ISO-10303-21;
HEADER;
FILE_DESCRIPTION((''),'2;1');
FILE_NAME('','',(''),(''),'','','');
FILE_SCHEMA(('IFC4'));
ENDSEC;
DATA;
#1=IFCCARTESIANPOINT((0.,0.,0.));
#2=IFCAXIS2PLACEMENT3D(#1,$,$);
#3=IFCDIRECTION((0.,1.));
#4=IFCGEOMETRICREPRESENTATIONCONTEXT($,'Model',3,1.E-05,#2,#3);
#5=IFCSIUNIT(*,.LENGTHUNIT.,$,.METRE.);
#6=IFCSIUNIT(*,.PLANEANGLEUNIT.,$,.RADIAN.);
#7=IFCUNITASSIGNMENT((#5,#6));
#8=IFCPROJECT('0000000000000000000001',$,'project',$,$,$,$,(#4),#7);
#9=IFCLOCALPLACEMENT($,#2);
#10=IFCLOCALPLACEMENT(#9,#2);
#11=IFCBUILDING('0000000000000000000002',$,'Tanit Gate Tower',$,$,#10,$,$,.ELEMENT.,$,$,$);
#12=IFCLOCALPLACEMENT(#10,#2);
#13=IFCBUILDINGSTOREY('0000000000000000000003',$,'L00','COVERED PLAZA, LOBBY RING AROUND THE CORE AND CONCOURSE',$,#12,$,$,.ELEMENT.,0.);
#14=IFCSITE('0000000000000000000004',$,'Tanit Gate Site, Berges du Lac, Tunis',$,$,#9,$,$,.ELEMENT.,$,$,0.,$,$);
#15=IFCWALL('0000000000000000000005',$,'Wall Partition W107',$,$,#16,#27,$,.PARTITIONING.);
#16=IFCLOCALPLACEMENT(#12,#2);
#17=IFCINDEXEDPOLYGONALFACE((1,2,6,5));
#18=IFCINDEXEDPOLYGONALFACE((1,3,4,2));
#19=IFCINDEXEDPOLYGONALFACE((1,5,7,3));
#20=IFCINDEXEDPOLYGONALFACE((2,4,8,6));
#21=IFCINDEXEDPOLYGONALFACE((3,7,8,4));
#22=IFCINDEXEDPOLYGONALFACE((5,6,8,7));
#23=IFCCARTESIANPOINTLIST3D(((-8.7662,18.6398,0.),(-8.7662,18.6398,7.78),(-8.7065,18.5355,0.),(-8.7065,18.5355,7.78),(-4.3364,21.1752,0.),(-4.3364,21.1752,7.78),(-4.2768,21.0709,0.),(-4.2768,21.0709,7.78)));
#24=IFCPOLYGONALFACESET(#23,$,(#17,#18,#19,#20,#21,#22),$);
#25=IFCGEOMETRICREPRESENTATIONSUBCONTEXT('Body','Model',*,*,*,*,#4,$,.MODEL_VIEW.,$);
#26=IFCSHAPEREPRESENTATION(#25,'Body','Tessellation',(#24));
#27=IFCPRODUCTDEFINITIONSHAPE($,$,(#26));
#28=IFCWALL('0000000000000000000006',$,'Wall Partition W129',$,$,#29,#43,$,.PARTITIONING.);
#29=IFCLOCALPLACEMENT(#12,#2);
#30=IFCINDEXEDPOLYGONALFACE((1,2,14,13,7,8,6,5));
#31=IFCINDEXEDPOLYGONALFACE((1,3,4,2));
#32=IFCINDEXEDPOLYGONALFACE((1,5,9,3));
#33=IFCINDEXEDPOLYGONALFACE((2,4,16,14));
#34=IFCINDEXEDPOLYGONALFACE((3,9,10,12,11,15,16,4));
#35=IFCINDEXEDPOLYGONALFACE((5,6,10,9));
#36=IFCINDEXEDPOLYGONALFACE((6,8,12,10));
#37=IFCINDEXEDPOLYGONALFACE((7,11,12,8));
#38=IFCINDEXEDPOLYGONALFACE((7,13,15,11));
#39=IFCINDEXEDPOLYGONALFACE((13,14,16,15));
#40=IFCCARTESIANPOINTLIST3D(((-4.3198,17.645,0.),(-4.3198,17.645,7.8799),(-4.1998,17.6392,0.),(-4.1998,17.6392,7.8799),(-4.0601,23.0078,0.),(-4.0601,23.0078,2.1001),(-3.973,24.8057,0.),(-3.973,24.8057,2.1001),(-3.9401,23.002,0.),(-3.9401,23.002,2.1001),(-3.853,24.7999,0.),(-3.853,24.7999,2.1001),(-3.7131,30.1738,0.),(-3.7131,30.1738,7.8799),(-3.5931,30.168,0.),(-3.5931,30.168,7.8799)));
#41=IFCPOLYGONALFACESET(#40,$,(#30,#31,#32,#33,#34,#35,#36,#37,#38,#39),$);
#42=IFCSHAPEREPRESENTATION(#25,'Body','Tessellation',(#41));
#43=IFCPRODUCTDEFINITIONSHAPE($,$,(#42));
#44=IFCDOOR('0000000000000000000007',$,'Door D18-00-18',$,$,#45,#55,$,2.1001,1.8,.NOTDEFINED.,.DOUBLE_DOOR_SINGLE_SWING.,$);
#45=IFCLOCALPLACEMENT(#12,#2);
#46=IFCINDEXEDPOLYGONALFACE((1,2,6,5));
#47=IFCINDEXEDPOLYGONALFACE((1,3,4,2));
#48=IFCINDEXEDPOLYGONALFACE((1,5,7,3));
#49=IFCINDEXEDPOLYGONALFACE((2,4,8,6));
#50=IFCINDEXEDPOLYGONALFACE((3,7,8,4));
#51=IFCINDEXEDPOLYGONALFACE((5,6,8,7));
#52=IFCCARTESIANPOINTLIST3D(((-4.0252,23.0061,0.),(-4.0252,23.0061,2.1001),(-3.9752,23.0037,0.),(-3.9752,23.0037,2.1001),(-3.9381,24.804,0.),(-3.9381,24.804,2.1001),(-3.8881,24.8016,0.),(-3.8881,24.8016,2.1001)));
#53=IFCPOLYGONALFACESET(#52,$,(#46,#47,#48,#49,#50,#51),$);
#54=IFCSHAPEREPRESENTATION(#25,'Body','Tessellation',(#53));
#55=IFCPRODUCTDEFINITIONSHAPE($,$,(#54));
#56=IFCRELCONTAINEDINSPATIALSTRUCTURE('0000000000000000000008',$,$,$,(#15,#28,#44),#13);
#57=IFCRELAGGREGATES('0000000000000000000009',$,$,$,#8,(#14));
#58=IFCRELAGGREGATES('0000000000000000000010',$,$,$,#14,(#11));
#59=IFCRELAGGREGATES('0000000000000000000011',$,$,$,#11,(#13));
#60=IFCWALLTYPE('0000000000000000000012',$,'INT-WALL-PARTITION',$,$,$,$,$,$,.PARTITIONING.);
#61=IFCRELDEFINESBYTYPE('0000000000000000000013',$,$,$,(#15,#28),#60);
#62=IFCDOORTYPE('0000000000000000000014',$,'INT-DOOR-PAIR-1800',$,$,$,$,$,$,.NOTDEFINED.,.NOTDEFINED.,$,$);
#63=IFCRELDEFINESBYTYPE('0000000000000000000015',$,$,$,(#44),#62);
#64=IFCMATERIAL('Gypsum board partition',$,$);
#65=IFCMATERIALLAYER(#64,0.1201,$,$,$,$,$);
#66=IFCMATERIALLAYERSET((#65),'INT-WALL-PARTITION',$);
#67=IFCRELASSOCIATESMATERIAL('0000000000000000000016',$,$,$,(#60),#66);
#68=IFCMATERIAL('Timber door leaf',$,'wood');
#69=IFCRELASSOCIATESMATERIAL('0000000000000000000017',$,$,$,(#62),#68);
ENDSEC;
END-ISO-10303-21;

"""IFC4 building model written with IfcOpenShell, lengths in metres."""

from ifc_helpers import new_model, si_unit, direction, frame, frame_2d, origin, place, context, subcontext, project, spatial, rectangle, extrude, material, layer, layer_set, type_object, element, fill, save


model = new_model("IFC4")

# Units and contexts
model_context = context("Model", 3, precision=1e-05, world=origin(), true_north=direction((0.0, 1.0)))
body_context = subcontext(model_context, "Body", "Model", "MODEL_VIEW")
ifc_project = project(units=[si_unit("LENGTHUNIT", "METRE"), si_unit("PLANEANGLEUNIT", "RADIAN")], contexts=[model_context])

# Site, building, storey
site_placement = place(None, origin())
site = spatial("IfcSite", under=ifc_project, at=site_placement, Name="Tanit Gate Site, Berges du Lac, Tunis", CompositionType="ELEMENT", RefElevation=0.0)
building_placement = place(site_placement, origin())
building = spatial("IfcBuilding", under=site, at=building_placement, Name="Tanit Gate Tower", CompositionType="ELEMENT")
storey_placement = place(building_placement, origin())
storey = spatial("IfcBuildingStorey", under=building, at=storey_placement, Name="L00", Description="COVERED PLAZA, LOBBY RING AROUND THE CORE AND CONCOURSE", CompositionType="ELEMENT", Elevation=0.0)

# Shared definitions
ifc_material_1 = material(Name="Gypsum board partition")
ifc_layer_1 = layer(ifc_material_1, 0.1201)
ifc_layer_set_1 = layer_set([ifc_layer_1], Name="INT-WALL-PARTITION")
wall_type = type_object("IfcWallType", Name="INT-WALL-PARTITION", PredefinedType="PARTITIONING", material=ifc_layer_set_1)

# Wall
wall_1_placement = place(storey_placement, frame((-8.7363, 18.5876, 0.0), z_axis=(0.0, 0.0, 1.0), x_axis=(0.867893, 0.496752, 0.0)))
element("IfcWall", 1, at=wall_1_placement, inside=storey, type_object=wall_type, Name="Wall Partition W107", PredefinedType="PARTITIONING", context=body_context, shape_type="SweptSolid", body=[
    extrude(rectangle(XDim=5.104, YDim=0.1201, at=frame_2d((2.552, 0.0))), origin(), (0.0, 0.0, 1.0), 7.78),
])

# Wall, opening, door
wall_2_placement = place(storey_placement, frame((-3.6531, 30.1709, 0.0), z_axis=(0.0, 0.0, 1.0), x_axis=(-0.048367, -0.99883, 0.0)))
wall_2 = element("IfcWall", 2, at=wall_2_placement, inside=storey, type_object=wall_type, Name="Wall Partition W129", PredefinedType="PARTITIONING", context=body_context, shape_type="SweptSolid", body=[
    extrude(rectangle(XDim=12.5435, YDim=0.1201, at=frame_2d((6.2717, 0.0))), origin(), (0.0, 0.0, 1.0), 7.8799),
])
opening_1_placement = place(wall_2_placement, frame((5.3745, 0.0, 0.0)))
opening_1 = element("IfcOpeningElement", 3, at=opening_1_placement, cuts=wall_2, PredefinedType="OPENING", context=body_context, shape_type="SweptSolid", body=[
    extrude(rectangle(XDim=1.8, YDim=2.1001, at=frame_2d((0.8999, 1.05))), frame((0.0, 0.0701, 0.0), z_axis=(0.0, -1.0, 0.0), x_axis=(1.0, 0.0, 0.0)), (0.0, 0.0, 1.0), 0.1401),
])
ifc_material_2 = material(Name="Timber door leaf", Category="wood")
door_type_1 = type_object("IfcDoorType", Name="INT-DOOR-PAIR-1800", OperationType="NOTDEFINED", PredefinedType="NOTDEFINED", material=ifc_material_2)
door_1_placement = place(opening_1_placement, origin())
door_1 = element("IfcDoor", 4, at=door_1_placement, inside=storey, type_object=door_type_1, Name="Door D18-00-18", OperationType="DOUBLE_DOOR_SINGLE_SWING", OverallHeight=2.1001, OverallWidth=1.8, PredefinedType="NOTDEFINED", context=body_context, shape_type="SweptSolid", body=[
    extrude(rectangle(XDim=1.8, YDim=2.1001, at=frame_2d((0.8999, 1.05))), frame((0.0, 0.0249, 0.0), z_axis=(0.0, -1.0, 0.0), x_axis=(1.0, 0.0, 0.0)), (0.0, 0.0, 1.0), 0.05),
])
fill(opening_1, door_1)

save(model, "model.ifc")
